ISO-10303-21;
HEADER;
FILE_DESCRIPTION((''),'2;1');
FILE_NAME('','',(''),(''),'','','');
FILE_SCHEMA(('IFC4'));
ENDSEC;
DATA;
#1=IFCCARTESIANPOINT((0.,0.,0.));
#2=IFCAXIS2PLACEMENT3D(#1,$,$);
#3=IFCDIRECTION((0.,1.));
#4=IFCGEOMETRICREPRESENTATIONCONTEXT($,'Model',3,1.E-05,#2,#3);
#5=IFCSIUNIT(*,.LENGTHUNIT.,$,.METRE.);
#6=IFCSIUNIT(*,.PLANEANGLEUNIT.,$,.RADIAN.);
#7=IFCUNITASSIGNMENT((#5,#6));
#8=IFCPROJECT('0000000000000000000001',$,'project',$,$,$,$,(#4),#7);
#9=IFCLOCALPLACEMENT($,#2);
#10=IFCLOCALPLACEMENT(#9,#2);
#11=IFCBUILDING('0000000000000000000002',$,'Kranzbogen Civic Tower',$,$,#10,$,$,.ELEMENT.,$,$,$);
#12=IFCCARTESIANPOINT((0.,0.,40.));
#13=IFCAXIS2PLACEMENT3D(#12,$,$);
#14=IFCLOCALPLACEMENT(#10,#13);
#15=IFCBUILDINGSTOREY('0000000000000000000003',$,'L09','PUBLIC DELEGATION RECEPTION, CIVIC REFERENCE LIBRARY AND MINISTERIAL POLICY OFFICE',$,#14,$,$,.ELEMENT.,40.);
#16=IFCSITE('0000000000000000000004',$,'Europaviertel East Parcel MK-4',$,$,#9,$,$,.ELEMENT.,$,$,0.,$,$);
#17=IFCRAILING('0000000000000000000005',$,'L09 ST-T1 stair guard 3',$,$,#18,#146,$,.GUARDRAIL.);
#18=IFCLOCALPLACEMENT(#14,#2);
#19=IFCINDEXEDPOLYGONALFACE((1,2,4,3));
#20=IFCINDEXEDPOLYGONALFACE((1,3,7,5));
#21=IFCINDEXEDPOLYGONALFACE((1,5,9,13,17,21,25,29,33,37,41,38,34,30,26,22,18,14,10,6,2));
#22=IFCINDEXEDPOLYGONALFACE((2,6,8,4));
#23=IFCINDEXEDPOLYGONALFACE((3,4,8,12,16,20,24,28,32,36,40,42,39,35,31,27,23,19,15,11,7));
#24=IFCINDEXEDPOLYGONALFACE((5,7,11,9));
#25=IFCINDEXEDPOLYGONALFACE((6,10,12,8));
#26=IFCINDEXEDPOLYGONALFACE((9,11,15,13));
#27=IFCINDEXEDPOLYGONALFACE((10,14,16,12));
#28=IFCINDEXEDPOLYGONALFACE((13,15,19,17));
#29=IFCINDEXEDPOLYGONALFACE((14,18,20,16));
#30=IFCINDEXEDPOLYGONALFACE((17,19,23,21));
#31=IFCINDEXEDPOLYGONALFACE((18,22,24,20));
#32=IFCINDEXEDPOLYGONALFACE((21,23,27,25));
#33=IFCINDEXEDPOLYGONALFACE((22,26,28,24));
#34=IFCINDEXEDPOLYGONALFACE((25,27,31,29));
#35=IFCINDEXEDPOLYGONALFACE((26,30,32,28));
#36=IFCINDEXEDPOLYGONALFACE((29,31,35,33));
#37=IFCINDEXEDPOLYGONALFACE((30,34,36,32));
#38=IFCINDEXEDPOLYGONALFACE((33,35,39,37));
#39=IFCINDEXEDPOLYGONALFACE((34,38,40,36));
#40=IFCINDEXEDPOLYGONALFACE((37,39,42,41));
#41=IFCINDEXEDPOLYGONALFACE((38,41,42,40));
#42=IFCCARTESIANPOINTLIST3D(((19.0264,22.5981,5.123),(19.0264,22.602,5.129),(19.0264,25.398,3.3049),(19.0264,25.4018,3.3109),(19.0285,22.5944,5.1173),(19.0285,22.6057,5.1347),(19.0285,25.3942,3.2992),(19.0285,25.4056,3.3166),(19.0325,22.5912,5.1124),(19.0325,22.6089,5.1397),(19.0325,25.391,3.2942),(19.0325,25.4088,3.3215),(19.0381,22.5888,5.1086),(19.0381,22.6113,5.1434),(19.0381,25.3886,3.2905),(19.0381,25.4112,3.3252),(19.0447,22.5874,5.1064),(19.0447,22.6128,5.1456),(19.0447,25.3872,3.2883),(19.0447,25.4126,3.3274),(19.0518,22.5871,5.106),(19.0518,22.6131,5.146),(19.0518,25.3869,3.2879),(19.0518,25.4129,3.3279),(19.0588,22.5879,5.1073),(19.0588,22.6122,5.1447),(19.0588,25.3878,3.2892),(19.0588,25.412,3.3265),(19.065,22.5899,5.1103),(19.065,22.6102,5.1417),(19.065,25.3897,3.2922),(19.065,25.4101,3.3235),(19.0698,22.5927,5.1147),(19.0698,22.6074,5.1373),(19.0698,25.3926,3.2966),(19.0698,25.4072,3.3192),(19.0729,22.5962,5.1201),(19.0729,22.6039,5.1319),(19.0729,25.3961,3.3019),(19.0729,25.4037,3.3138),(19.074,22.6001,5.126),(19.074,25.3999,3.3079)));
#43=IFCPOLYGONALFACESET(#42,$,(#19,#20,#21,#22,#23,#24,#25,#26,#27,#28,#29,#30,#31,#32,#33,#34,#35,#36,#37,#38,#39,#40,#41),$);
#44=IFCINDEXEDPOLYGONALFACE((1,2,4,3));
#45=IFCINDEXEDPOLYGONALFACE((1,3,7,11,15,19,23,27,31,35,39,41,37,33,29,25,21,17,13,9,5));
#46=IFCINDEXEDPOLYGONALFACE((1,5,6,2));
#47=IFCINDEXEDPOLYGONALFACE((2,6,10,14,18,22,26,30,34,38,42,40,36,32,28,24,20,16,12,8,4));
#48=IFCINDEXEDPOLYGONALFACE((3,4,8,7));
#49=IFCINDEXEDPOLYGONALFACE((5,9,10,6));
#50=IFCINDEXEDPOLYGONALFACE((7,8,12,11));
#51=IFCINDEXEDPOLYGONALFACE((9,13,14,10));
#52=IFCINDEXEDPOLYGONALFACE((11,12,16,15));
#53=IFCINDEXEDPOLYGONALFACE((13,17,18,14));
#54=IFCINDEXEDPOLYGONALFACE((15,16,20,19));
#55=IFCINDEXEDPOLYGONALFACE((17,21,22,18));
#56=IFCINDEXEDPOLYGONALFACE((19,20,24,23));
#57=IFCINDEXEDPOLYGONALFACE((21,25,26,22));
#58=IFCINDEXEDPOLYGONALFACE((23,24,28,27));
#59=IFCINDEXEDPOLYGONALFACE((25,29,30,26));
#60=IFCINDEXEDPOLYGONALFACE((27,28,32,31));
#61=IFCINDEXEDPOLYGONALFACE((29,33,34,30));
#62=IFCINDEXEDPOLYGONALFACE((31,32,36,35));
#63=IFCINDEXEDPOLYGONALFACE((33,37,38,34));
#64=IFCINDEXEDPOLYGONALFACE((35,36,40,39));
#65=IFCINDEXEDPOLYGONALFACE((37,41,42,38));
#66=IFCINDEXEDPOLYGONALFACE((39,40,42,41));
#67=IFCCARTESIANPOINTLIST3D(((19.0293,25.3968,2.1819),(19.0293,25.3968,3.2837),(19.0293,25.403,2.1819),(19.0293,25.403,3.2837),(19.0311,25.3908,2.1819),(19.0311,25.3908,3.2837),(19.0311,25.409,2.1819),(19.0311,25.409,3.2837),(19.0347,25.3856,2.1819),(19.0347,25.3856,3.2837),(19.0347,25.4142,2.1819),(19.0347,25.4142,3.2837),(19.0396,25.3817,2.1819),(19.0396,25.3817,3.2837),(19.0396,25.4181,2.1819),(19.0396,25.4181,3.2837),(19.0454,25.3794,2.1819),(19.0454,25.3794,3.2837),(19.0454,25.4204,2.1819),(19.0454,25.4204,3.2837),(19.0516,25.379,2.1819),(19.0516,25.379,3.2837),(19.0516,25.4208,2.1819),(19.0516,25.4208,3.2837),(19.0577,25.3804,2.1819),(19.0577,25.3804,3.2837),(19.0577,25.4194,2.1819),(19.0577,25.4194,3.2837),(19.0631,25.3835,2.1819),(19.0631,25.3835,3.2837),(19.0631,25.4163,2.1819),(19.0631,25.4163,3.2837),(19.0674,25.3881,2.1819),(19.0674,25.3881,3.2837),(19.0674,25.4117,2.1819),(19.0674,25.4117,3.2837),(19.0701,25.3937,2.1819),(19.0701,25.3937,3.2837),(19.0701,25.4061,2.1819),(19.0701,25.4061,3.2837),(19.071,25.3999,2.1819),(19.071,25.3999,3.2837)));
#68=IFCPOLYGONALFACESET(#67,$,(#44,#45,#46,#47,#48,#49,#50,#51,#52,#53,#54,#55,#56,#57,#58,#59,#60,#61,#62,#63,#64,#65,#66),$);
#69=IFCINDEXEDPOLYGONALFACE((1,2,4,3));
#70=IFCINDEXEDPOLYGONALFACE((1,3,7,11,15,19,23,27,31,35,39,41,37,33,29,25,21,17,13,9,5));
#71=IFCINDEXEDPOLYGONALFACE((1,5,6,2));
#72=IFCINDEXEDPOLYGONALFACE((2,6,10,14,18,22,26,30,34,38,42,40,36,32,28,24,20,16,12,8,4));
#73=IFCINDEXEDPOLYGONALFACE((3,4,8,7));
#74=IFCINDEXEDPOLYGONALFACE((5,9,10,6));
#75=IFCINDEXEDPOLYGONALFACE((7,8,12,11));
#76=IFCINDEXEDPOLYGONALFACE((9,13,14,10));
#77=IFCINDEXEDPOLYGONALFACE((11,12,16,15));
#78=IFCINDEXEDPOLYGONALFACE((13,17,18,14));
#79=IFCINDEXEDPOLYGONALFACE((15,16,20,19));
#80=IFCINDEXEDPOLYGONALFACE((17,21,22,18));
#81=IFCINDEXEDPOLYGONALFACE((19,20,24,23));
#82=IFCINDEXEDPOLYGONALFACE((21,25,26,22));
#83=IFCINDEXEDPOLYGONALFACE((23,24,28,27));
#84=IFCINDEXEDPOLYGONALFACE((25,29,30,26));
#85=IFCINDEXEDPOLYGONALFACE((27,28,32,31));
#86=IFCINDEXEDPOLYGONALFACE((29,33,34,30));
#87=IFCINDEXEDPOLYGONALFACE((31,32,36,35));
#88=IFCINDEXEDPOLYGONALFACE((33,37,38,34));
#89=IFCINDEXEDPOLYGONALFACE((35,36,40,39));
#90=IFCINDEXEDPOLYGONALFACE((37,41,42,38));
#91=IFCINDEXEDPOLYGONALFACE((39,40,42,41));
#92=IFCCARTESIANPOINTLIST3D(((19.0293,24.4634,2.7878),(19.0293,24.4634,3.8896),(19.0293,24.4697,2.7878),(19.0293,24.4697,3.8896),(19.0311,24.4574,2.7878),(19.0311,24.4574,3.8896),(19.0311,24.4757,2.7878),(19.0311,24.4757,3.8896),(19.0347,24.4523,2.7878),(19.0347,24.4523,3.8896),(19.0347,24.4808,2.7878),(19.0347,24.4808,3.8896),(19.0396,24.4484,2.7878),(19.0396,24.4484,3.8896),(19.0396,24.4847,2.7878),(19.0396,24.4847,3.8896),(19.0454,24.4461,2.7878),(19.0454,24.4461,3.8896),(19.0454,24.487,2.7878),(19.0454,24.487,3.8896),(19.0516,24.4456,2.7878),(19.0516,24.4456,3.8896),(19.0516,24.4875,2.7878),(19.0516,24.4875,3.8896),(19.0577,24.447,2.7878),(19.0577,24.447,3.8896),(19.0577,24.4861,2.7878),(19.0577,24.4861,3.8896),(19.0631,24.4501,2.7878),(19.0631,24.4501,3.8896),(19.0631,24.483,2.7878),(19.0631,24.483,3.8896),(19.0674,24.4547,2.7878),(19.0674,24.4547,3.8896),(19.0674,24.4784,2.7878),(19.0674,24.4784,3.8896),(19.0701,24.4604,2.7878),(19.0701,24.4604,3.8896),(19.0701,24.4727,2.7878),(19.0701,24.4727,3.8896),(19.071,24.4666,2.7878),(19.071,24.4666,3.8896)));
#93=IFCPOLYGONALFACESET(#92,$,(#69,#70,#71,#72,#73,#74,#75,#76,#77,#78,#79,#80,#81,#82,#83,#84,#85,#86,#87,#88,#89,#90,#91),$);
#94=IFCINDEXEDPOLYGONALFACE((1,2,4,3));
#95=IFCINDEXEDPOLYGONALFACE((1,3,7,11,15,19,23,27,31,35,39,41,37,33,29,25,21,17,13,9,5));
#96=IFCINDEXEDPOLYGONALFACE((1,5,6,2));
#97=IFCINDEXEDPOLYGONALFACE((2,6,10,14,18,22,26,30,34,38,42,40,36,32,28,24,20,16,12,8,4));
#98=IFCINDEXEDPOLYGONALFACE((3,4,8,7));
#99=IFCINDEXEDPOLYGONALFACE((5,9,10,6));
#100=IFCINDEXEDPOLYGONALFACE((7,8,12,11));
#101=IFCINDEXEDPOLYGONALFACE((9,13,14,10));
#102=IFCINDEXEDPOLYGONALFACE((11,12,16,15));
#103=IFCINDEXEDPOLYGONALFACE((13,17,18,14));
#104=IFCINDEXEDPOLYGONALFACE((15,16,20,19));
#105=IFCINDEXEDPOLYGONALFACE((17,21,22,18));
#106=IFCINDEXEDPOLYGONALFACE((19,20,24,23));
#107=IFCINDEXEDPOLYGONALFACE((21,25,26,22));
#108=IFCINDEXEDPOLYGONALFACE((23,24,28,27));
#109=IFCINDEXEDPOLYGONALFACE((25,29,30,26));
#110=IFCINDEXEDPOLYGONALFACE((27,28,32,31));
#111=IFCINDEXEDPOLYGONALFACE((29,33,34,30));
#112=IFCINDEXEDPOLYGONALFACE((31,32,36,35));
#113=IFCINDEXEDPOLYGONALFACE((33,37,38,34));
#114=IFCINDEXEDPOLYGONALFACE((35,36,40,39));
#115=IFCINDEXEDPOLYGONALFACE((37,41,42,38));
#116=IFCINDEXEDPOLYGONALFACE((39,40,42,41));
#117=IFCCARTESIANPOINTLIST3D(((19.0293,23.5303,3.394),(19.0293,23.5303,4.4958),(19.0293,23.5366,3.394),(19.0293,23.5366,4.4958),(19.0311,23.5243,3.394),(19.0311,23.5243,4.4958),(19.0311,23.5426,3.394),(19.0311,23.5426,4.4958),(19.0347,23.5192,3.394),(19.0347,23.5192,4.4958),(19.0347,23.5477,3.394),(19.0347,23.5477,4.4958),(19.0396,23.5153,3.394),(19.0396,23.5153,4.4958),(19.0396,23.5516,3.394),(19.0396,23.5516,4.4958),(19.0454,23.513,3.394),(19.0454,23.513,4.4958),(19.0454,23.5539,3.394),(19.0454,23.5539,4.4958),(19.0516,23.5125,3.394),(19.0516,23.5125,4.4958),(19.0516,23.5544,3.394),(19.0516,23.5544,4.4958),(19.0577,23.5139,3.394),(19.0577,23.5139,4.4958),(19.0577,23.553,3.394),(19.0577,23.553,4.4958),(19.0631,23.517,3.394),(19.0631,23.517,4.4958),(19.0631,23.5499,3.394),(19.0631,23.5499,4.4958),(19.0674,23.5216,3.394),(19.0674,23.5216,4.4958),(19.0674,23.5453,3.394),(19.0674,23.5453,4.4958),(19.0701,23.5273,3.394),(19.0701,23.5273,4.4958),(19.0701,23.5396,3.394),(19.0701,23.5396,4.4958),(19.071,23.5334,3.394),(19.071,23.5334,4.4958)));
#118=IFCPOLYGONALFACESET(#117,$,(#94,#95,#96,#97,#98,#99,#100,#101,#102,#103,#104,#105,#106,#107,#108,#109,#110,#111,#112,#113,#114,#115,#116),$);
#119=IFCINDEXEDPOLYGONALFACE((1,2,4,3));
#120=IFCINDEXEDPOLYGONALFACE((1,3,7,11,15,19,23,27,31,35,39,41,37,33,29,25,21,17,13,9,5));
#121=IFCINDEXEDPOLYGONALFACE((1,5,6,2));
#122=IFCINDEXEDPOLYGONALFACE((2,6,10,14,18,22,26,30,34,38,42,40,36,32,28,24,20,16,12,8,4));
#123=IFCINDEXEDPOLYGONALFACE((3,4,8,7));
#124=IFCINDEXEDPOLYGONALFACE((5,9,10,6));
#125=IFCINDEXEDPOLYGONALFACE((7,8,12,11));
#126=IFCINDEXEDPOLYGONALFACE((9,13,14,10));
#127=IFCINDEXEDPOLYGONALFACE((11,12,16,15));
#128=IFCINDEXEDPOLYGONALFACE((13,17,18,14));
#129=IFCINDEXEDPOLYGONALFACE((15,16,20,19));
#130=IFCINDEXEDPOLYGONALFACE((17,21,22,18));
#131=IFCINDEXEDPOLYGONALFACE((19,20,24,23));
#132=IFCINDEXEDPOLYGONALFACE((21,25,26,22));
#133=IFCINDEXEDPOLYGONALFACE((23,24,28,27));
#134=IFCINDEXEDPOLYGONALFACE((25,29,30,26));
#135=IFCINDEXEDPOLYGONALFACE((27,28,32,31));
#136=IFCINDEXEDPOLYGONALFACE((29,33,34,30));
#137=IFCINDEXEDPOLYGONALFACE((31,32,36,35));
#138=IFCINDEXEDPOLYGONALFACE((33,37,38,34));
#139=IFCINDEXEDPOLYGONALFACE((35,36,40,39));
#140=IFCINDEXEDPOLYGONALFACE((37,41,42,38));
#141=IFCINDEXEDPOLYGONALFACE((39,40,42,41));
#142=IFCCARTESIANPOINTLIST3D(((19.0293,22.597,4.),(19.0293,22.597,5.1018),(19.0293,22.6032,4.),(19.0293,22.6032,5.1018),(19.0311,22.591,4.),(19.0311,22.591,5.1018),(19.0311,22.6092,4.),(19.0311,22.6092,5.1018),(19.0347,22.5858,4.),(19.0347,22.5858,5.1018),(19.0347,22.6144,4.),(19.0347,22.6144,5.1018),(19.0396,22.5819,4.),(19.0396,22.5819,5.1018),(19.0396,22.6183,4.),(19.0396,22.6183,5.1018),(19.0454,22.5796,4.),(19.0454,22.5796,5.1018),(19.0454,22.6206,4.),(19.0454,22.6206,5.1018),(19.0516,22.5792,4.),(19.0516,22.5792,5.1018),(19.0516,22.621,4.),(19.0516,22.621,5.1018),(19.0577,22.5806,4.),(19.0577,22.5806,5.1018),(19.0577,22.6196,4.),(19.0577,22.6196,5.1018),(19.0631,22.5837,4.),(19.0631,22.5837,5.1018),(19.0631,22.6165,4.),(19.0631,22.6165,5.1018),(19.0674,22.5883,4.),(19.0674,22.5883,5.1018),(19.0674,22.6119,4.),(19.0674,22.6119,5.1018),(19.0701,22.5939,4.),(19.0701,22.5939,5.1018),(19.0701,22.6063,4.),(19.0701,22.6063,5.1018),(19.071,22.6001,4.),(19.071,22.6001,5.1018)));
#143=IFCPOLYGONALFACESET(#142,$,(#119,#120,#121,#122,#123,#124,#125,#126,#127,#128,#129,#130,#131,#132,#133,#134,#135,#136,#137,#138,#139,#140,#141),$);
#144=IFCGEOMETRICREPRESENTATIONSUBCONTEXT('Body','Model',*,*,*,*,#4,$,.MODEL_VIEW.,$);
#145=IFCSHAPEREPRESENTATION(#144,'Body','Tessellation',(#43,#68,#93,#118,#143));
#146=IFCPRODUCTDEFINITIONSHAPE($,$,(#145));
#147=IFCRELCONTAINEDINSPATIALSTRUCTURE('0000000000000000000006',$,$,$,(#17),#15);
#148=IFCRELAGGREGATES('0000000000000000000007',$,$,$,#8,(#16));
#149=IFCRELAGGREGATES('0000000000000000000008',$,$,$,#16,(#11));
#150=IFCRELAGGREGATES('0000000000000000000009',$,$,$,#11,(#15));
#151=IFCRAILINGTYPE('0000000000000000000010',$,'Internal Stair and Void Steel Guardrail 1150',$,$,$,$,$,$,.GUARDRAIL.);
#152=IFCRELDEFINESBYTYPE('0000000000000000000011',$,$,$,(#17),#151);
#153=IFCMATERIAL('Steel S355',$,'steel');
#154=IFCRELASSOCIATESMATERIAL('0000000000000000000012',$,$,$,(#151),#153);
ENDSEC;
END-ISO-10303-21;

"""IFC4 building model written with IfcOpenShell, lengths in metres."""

from ifc_helpers import new_model, si_unit, direction, frame, origin, origin_2d, place, context, subcontext, project, spatial, circle, extrude, material, type_object, element, save


model = new_model("IFC4")

# Units and contexts
model_context = context("Model", 3, precision=1e-05, world=origin(), true_north=direction((0.0, 1.0)))
body_context = subcontext(model_context, "Body", "Model", "MODEL_VIEW")
ifc_project = project(units=[si_unit("LENGTHUNIT", "METRE"), si_unit("PLANEANGLEUNIT", "RADIAN")], contexts=[model_context])

# Site, building, storey
site_placement = place(None, origin())
site = spatial("IfcSite", under=ifc_project, at=site_placement, Name="Europaviertel East Parcel MK-4", CompositionType="ELEMENT", RefElevation=0.0)
building_placement = place(site_placement, origin())
building = spatial("IfcBuilding", under=site, at=building_placement, Name="Kranzbogen Civic Tower", CompositionType="ELEMENT")
storey_placement = place(building_placement, frame((0.0, 0.0, 40.0)))
storey = spatial("IfcBuildingStorey", under=building, at=storey_placement, Name="L09", Description="PUBLIC DELEGATION RECEPTION, CIVIC REFERENCE LIBRARY AND MINISTERIAL POLICY OFFICE", CompositionType="ELEMENT", Elevation=40.0)

# Shared definitions
ifc_material_1 = material(Name="Steel S355", Category="steel")

# Railing
railing_type_1 = type_object("IfcRailingType", Name="Internal Stair and Void Steel Guardrail 1150", PredefinedType="GUARDRAIL", material=ifc_material_1)
railing_1_placement = place(storey_placement, frame((19.05, 25.3999, 2.1819)))
element("IfcRailing", 1, at=railing_1_placement, inside=storey, type_object=railing_type_1, Name="L09 ST-T1 stair guard 3", PredefinedType="GUARDRAIL", context=body_context, shape_type="SweptSolid", body=[
    extrude(circle(Radius=0.0239, at=origin_2d()), frame((0.0, 0.0, 1.126), z_axis=(0.0, -0.838684, 0.544618), x_axis=(1.0, 0.0, 0.0)), (0.0, 0.0, 1.0), 3.3384),
    extrude(circle(Radius=0.021, at=origin_2d()), origin(), (0.0, 0.0, 1.0), 1.1018),
    extrude(circle(Radius=0.021, at=origin_2d()), frame((0.0, -0.9333, 0.606)), (0.0, 0.0, 1.0), 1.1018),
    extrude(circle(Radius=0.021, at=origin_2d()), frame((0.0, -1.8665, 1.2122)), (0.0, 0.0, 1.0), 1.1018),
    extrude(circle(Radius=0.021, at=origin_2d()), frame((0.0, -2.7998, 1.8181)), (0.0, 0.0, 1.0), 1.1018),
])

save(model, "model.ifc")
